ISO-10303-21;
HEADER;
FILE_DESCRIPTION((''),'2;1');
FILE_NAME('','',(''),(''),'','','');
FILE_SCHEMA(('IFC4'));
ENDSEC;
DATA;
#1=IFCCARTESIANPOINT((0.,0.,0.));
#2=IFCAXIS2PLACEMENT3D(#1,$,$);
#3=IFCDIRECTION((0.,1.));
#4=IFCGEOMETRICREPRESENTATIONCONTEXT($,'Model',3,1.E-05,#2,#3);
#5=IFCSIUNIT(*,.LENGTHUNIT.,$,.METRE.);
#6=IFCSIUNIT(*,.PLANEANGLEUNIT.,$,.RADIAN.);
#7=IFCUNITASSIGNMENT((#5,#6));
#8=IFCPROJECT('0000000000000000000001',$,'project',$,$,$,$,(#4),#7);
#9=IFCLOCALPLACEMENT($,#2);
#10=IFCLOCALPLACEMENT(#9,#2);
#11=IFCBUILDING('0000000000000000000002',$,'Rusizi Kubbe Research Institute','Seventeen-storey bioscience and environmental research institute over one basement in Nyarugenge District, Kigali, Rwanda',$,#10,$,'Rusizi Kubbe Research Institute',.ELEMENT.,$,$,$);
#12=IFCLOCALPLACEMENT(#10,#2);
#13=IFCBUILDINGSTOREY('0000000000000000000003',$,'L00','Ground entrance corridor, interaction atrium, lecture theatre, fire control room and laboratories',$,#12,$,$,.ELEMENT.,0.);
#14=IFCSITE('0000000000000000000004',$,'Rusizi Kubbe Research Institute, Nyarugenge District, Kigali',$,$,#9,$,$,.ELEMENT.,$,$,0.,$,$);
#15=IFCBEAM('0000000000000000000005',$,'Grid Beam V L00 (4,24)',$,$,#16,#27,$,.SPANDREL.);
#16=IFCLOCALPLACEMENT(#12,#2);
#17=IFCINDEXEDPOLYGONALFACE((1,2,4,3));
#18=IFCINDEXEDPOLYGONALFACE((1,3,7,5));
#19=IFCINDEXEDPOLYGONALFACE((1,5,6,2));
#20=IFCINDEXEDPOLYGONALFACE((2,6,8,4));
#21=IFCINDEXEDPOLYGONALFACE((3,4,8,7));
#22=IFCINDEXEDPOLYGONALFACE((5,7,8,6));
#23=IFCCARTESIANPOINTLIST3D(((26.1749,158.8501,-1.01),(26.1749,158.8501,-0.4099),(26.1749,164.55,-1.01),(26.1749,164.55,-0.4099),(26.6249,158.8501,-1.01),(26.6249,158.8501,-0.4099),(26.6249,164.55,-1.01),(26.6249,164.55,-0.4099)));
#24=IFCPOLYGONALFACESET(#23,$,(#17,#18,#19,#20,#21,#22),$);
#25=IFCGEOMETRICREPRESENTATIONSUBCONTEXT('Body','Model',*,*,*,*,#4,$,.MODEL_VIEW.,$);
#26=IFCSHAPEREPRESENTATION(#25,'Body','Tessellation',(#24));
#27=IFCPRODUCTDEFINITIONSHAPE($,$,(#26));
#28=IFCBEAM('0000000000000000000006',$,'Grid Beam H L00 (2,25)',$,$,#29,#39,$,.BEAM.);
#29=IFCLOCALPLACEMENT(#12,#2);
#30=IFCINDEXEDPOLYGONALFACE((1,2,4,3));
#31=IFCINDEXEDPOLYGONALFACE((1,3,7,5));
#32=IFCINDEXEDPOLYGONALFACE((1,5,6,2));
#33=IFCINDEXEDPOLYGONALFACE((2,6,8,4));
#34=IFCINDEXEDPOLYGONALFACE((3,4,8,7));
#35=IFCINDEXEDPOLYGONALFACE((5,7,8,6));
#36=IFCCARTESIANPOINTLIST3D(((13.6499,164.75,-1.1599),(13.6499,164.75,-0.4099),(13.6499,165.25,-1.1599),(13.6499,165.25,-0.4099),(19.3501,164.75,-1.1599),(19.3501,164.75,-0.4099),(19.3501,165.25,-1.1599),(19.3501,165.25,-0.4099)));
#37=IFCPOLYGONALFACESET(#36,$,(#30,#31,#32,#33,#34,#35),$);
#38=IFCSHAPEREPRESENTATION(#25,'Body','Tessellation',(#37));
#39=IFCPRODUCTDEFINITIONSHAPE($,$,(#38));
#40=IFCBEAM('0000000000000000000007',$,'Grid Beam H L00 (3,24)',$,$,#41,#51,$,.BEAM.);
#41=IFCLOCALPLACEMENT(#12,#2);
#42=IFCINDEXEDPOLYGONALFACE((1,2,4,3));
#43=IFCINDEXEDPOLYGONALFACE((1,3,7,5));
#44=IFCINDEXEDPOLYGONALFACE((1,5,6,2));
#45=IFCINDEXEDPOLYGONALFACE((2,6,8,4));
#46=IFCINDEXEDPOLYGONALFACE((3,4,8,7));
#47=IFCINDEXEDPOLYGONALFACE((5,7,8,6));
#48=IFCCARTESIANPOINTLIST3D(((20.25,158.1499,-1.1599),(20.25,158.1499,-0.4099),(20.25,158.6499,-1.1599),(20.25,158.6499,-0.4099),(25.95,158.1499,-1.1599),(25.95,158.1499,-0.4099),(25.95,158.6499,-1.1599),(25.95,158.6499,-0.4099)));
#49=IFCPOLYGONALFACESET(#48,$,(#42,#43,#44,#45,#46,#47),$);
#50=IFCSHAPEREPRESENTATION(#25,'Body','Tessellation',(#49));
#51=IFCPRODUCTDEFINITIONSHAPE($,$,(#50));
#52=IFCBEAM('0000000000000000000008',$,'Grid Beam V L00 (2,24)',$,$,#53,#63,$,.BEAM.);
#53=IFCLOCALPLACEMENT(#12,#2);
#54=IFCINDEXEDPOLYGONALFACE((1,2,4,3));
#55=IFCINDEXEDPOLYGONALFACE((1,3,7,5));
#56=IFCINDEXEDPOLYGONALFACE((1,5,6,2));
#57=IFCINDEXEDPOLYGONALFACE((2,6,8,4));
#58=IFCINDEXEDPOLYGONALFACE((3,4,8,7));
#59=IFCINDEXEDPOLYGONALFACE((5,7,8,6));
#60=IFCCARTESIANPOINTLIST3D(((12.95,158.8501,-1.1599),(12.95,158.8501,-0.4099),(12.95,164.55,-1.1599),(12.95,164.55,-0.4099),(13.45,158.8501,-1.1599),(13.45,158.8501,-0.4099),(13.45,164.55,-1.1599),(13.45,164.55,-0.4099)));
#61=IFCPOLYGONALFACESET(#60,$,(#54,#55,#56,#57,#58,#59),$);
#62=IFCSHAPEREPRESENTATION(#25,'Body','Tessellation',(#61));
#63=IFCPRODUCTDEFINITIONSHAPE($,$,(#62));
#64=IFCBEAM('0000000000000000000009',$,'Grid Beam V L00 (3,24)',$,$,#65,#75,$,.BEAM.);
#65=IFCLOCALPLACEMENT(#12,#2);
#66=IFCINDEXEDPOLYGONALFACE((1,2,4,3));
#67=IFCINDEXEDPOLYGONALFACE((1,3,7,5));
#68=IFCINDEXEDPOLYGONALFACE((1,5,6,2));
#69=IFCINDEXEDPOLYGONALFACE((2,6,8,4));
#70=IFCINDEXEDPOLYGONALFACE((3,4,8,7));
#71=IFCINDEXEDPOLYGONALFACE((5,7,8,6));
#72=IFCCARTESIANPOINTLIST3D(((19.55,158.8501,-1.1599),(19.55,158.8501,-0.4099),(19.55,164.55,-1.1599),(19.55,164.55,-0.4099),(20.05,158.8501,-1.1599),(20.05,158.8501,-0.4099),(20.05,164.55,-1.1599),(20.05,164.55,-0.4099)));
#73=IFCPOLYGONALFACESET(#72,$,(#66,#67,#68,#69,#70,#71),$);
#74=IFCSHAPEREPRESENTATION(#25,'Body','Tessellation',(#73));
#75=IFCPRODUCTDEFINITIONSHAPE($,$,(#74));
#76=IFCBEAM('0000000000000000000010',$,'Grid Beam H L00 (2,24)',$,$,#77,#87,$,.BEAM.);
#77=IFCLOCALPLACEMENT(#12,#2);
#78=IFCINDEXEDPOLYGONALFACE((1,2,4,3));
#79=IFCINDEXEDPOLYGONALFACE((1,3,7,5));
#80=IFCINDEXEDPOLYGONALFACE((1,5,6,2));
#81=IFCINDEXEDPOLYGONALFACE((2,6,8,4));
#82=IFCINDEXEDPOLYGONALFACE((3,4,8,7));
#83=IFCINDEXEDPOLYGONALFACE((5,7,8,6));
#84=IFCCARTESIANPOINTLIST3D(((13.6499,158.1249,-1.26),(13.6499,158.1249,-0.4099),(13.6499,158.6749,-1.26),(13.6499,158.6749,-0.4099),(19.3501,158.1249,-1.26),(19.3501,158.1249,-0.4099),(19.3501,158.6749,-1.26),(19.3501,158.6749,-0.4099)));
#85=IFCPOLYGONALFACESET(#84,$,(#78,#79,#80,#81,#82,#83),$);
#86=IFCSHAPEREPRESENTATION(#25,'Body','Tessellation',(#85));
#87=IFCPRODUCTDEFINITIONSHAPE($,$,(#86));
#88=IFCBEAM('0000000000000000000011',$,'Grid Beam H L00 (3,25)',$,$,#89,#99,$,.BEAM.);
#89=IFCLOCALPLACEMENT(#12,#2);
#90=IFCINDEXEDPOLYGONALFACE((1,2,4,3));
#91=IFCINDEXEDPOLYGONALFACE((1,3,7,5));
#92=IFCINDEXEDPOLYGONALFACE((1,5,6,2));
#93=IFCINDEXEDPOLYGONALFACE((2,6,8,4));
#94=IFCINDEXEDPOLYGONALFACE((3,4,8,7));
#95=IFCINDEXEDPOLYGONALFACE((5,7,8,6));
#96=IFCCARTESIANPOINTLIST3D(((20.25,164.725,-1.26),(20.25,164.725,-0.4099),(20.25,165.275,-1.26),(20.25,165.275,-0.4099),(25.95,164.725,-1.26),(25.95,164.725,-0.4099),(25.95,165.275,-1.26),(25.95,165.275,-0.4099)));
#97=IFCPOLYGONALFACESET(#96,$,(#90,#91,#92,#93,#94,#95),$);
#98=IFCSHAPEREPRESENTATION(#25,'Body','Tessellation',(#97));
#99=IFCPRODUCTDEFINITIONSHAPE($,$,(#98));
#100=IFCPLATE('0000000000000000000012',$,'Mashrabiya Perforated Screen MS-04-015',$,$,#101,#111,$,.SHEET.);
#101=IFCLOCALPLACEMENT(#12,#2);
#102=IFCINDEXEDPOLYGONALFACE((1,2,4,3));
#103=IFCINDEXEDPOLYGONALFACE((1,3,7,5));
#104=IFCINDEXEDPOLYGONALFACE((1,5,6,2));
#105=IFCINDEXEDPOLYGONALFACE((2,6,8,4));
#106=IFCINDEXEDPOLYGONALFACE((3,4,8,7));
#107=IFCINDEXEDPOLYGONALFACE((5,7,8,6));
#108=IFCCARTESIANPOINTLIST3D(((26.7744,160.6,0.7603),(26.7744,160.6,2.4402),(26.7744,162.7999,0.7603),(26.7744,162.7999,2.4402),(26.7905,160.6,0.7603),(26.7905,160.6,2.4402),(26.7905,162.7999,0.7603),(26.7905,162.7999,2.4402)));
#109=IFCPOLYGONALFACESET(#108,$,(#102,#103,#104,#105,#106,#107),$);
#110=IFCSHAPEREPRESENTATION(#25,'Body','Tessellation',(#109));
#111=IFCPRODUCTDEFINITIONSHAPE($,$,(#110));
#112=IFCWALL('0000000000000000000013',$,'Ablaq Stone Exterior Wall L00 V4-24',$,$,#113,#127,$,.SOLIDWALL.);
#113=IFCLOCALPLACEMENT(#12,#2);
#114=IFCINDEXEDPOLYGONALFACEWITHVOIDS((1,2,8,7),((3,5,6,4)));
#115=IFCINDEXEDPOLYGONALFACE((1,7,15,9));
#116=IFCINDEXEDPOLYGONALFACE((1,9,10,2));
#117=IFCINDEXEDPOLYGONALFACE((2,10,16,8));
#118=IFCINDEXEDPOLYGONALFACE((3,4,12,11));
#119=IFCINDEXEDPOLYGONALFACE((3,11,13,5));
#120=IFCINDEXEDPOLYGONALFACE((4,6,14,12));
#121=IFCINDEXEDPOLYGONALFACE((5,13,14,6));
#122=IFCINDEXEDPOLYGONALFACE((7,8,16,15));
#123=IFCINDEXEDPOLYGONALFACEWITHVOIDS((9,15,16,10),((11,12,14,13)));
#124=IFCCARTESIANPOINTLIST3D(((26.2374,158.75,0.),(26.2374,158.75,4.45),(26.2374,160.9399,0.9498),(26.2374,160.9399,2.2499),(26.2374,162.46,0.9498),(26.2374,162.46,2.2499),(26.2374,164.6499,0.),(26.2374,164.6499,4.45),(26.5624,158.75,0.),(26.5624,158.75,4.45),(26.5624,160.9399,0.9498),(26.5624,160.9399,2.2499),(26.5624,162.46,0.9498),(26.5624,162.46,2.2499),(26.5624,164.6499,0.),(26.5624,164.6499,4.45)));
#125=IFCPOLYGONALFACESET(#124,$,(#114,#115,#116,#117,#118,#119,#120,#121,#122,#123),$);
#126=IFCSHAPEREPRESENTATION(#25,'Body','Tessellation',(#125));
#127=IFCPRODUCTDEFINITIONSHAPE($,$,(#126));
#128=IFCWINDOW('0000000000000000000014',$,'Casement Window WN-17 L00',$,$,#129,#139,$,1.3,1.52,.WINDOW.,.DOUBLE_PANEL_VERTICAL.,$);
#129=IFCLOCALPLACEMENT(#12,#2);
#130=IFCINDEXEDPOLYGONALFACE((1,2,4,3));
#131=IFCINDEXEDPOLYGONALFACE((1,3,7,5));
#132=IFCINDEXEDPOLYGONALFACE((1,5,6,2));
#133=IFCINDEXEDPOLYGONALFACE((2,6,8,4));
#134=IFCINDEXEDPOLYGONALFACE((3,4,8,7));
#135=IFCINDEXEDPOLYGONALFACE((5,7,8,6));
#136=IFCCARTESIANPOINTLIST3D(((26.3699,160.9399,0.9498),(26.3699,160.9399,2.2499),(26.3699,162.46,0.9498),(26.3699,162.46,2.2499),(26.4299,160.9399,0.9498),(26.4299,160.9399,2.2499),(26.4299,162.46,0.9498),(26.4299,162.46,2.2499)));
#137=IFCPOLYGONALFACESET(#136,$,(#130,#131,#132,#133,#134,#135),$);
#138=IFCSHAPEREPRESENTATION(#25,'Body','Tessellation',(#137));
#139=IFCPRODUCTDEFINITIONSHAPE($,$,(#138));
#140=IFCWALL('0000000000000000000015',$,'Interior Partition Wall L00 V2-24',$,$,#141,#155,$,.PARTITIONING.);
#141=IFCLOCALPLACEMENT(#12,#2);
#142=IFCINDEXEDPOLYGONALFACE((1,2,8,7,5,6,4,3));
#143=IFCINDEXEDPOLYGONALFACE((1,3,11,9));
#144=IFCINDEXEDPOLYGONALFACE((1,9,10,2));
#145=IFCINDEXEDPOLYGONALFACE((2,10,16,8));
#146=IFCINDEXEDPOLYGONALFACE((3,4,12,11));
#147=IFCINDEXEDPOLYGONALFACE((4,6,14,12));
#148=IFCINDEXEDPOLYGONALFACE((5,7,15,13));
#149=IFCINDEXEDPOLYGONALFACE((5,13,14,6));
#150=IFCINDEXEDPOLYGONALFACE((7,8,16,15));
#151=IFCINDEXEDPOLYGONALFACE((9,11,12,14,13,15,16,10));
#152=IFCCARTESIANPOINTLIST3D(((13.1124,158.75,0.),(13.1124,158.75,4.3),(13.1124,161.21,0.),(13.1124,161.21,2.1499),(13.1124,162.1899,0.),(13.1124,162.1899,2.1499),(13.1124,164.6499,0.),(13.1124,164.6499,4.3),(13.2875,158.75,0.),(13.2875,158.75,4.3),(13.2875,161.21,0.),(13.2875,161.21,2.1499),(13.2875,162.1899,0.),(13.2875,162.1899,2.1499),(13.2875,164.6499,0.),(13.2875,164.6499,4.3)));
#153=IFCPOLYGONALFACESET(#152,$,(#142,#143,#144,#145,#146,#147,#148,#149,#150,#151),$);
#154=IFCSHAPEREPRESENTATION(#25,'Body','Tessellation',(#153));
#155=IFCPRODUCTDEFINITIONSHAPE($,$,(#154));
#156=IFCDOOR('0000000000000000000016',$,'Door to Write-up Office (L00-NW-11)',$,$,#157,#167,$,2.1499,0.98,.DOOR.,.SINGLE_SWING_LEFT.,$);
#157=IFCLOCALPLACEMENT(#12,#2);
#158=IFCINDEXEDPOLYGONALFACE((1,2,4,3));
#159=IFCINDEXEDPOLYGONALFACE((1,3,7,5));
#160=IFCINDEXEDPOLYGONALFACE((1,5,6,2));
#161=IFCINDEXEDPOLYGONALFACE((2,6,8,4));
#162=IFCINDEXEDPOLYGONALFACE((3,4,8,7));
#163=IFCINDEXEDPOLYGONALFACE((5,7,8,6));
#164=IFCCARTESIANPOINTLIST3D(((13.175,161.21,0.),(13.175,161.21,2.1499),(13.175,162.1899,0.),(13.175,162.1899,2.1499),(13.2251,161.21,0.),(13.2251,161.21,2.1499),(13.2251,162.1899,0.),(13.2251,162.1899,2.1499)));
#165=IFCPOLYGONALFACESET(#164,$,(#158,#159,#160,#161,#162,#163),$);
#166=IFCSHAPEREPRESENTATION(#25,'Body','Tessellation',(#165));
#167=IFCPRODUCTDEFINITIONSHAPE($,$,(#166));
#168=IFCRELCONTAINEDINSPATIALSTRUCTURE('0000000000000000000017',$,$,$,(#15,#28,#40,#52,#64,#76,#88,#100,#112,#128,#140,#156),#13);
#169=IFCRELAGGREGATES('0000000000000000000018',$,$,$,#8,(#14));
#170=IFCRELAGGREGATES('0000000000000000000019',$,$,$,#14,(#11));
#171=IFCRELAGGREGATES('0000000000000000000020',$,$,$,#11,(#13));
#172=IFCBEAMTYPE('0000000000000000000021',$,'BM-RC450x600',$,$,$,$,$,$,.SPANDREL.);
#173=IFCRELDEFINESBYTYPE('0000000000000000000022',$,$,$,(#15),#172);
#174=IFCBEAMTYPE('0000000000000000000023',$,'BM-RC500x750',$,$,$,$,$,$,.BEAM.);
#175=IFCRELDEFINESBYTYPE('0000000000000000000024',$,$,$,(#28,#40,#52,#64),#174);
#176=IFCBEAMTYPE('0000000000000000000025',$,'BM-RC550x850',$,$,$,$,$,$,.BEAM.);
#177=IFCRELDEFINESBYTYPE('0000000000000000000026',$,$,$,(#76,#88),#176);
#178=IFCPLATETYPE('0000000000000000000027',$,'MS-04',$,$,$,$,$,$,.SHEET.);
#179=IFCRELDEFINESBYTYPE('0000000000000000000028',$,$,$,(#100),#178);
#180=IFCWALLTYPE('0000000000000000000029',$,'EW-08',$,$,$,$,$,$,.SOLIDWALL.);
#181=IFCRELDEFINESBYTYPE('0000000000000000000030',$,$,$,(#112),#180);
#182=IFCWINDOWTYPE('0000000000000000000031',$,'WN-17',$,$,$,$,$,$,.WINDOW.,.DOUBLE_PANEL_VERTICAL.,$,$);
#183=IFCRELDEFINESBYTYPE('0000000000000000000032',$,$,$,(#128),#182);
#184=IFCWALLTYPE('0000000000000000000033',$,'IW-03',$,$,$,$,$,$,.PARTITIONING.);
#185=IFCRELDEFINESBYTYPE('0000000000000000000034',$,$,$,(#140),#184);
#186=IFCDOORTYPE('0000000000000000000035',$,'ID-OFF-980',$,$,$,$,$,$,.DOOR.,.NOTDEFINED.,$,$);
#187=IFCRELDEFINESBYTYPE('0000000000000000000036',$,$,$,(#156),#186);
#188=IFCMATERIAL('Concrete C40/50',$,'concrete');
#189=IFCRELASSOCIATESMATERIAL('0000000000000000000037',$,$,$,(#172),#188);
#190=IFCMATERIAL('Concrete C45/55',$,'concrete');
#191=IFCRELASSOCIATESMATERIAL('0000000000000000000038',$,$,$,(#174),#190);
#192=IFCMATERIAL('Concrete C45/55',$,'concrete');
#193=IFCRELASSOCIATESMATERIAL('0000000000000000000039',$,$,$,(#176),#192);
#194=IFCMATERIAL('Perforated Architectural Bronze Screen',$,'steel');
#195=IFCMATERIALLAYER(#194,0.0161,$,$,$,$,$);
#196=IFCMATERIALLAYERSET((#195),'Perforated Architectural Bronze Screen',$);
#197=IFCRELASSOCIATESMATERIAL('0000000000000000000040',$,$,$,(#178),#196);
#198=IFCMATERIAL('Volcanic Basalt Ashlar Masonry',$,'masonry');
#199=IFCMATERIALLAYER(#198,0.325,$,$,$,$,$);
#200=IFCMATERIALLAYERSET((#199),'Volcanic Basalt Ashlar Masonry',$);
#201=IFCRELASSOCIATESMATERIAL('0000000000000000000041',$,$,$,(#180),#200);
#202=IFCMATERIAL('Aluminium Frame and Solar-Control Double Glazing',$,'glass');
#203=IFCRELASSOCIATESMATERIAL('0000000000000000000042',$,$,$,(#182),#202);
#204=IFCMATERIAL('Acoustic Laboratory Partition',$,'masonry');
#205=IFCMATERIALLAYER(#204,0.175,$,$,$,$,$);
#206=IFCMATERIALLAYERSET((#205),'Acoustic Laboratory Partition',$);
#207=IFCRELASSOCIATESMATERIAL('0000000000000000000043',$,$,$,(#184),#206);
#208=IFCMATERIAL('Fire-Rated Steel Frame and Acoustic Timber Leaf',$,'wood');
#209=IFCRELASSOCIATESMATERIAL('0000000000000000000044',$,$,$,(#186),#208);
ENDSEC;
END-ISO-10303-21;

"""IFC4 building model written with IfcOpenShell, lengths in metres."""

from ifc_helpers import new_model, si_unit, direction, frame, frame_2d, origin, origin_2d, place, context, subcontext, project, spatial, rectangle, extrude, material, layer, layer_set, material_profile, profile_set, type_object, element, fill, save


model = new_model("IFC4")

# Units and contexts
model_context = context("Model", 3, precision=1e-05, world=origin(), true_north=direction((0.0, 1.0)))
body_context = subcontext(model_context, "Body", "Model", "MODEL_VIEW")
ifc_project = project(units=[si_unit("LENGTHUNIT", "METRE"), si_unit("PLANEANGLEUNIT", "RADIAN")], contexts=[model_context])

# Site, building, storey
site_placement = place(None, origin())
site = spatial("IfcSite", under=ifc_project, at=site_placement, Name="Rusizi Kubbe Research Institute, Nyarugenge District, Kigali", CompositionType="ELEMENT", RefElevation=0.0)
building_placement = place(site_placement, origin())
building = spatial("IfcBuilding", under=site, at=building_placement, Name="Rusizi Kubbe Research Institute", Description="Seventeen-storey bioscience and environmental research institute over one basement in Nyarugenge District, Kigali, Rwanda", LongName="Rusizi Kubbe Research Institute", CompositionType="ELEMENT")
storey_placement = place(building_placement, origin())
storey = spatial("IfcBuildingStorey", under=building, at=storey_placement, Name="L00", Description="Ground entrance corridor, interaction atrium, lecture theatre, fire control room and laboratories", CompositionType="ELEMENT", Elevation=0.0)

# Beams
ifc_material_1 = material(Name="Concrete C40/50", Category="concrete")
ifc_material_profile_1 = material_profile(ifc_material_1, rectangle(XDim=0.45, YDim=0.6001, at=origin_2d()), Name="RC450x600")
ifc_profile_set_1 = profile_set([ifc_material_profile_1], Name="Concrete C40/50")
beam_type_1 = type_object("IfcBeamType", Name="BM-RC450x600", PredefinedType="SPANDREL", material=ifc_profile_set_1)
beam_1_placement = place(storey_placement, frame((26.3999, 158.8501, -0.71), z_axis=(0.0, 1.0, 0.0), x_axis=(-1.0, 0.0, 0.0)))
element("IfcBeam", 1, at=beam_1_placement, inside=storey, type_object=beam_type_1, Name="Grid Beam V L00 (4,24)", PredefinedType="SPANDREL", context=body_context, shape_type="SweptSolid", body=[
    extrude(rectangle(XDim=0.45, YDim=0.6001, at=origin_2d()), origin(), (0.0, 0.0, 1.0), 5.7),
])
ifc_material_2 = material(Name="Concrete C45/55", Category="concrete")
ifc_material_profile_2 = material_profile(ifc_material_2, rectangle(XDim=0.5, YDim=0.75, at=origin_2d()), Name="RC500x750B")
ifc_profile_set_2 = profile_set([ifc_material_profile_2], Name="Concrete C45/55")
beam_type_2 = type_object("IfcBeamType", Name="BM-RC500x750", PredefinedType="BEAM", material=ifc_profile_set_2)
beam_2_placement = place(storey_placement, frame((13.6499, 165.0, -0.7849), z_axis=(1.0, 0.0, 0.0), x_axis=(0.0, 1.0, 0.0)))
element("IfcBeam", 2, at=beam_2_placement, inside=storey, type_object=beam_type_2, Name="Grid Beam H L00 (2,25)", PredefinedType="BEAM", context=body_context, shape_type="SweptSolid", body=[
    extrude(rectangle(XDim=0.5, YDim=0.75, at=origin_2d()), origin(), (0.0, 0.0, 1.0), 5.7002),
])
for number, where, z_axis, x_axis, name in (
    (3, (20.25, 158.3999, -0.7849), (1.0, 0.0, 0.0), (0.0, 1.0, 0.0), "Grid Beam H L00 (3,24)"),
    (4, (13.2, 158.8501, -0.7849), (0.0, 1.0, 0.0), (-1.0, 0.0, 0.0), "Grid Beam V L00 (2,24)"),
    (5, (19.8, 158.8501, -0.7849), (0.0, 1.0, 0.0), (-1.0, 0.0, 0.0), "Grid Beam V L00 (3,24)"),
):
    element("IfcBeam", number, at=place(storey_placement, frame(where, z_axis=z_axis, x_axis=x_axis)), inside=storey, type_object=beam_type_2, Name=name, PredefinedType="BEAM", context=body_context, shape_type="SweptSolid", body=[
        extrude(rectangle(XDim=0.5, YDim=0.75, at=origin_2d()), origin(), (0.0, 0.0, 1.0), 5.7),
    ])
ifc_material_3 = material(Name="Concrete C45/55", Category="concrete")
ifc_material_profile_3 = material_profile(ifc_material_3, rectangle(XDim=0.55, YDim=0.8501, at=origin_2d()), Name="RC550x850")
ifc_profile_set_3 = profile_set([ifc_material_profile_3], Name="Concrete C45/55")
beam_type_3 = type_object("IfcBeamType", Name="BM-RC550x850", PredefinedType="BEAM", material=ifc_profile_set_3)
beam_3_placement = place(storey_placement, frame((13.6499, 158.3999, -0.835), z_axis=(1.0, 0.0, 0.0), x_axis=(0.0, 1.0, 0.0)))
element("IfcBeam", 6, at=beam_3_placement, inside=storey, type_object=beam_type_3, Name="Grid Beam H L00 (2,24)", PredefinedType="BEAM", context=body_context, shape_type="SweptSolid", body=[
    extrude(rectangle(XDim=0.55, YDim=0.8501, at=origin_2d()), origin(), (0.0, 0.0, 1.0), 5.7002),
])
beam_4_placement = place(storey_placement, frame((20.25, 165.0, -0.835), z_axis=(1.0, 0.0, 0.0), x_axis=(0.0, 1.0, 0.0)))
element("IfcBeam", 7, at=beam_4_placement, inside=storey, type_object=beam_type_3, Name="Grid Beam H L00 (3,25)", PredefinedType="BEAM", context=body_context, shape_type="SweptSolid", body=[
    extrude(rectangle(XDim=0.55, YDim=0.8501, at=origin_2d()), origin(), (0.0, 0.0, 1.0), 5.7),
])

# Plate
ifc_material_4 = material(Name="Perforated Architectural Bronze Screen", Category="steel")
ifc_layer_1 = layer(ifc_material_4, 0.0161)
ifc_layer_set_1 = layer_set([ifc_layer_1], Name="Perforated Architectural Bronze Screen")
plate_type = type_object("IfcPlateType", Name="MS-04", PredefinedType="SHEET", material=ifc_layer_set_1)
plate_placement = place(storey_placement, frame((26.7825, 161.7, 0.7603), z_axis=(0.0, 0.0, 1.0), x_axis=(0.0, 1.0, 0.0)))
element("IfcPlate", 8, at=plate_placement, inside=storey, type_object=plate_type, Name="Mashrabiya Perforated Screen MS-04-015", PredefinedType="SHEET", context=body_context, shape_type="SweptSolid", body=[
    extrude(rectangle(XDim=2.2, YDim=0.0161, at=origin_2d()), origin(), (0.0, 0.0, 1.0), 1.6799),
])

# Wall, opening, window
ifc_material_5 = material(Name="Volcanic Basalt Ashlar Masonry", Category="masonry")
ifc_layer_2 = layer(ifc_material_5, 0.325)
ifc_layer_set_2 = layer_set([ifc_layer_2], Name="Volcanic Basalt Ashlar Masonry")
wall_type_1 = type_object("IfcWallType", Name="EW-08", PredefinedType="SOLIDWALL", material=ifc_layer_set_2)
wall_1_placement = place(storey_placement, frame((26.3999, 158.75, 0.0), z_axis=(0.0, 0.0, 1.0), x_axis=(0.0, 1.0, 0.0)))
wall_1 = element("IfcWall", 9, at=wall_1_placement, inside=storey, type_object=wall_type_1, Name="Ablaq Stone Exterior Wall L00 V4-24", PredefinedType="SOLIDWALL", context=body_context, shape_type="SweptSolid", body=[
    extrude(rectangle(XDim=5.8999, YDim=0.325, at=frame_2d((2.95, 0.0))), origin(), (0.0, 0.0, 1.0), 4.45),
])
opening_1_placement = place(wall_1_placement, frame((2.1899, 0.0, 0.95)))
opening_1 = element("IfcOpeningElement", 10, at=opening_1_placement, cuts=wall_1, PredefinedType="OPENING", context=body_context, shape_type="SweptSolid", body=[
    extrude(rectangle(XDim=1.52, YDim=1.3, at=frame_2d((0.76, 0.6499))), frame((0.0, 0.1724, 0.0), z_axis=(0.0, -1.0, 0.0), x_axis=(1.0, 0.0, 0.0)), (0.0, 0.0, 1.0), 0.345),
])
ifc_material_6 = material(Name="Aluminium Frame and Solar-Control Double Glazing", Category="glass")
window_type = type_object("IfcWindowType", Name="WN-17", PartitioningType="DOUBLE_PANEL_VERTICAL", PredefinedType="WINDOW", material=ifc_material_6)
window_placement = place(opening_1_placement, origin())
window = element("IfcWindow", 11, at=window_placement, inside=storey, type_object=window_type, Name="Casement Window WN-17 L00", OverallHeight=1.3, OverallWidth=1.52, PartitioningType="DOUBLE_PANEL_VERTICAL", PredefinedType="WINDOW", context=body_context, shape_type="SweptSolid", body=[
    extrude(rectangle(XDim=1.52, YDim=1.3, at=frame_2d((0.76, 0.6499))), frame((0.0, 0.03, 0.0), z_axis=(0.0, -1.0, 0.0), x_axis=(1.0, 0.0, 0.0)), (0.0, 0.0, 1.0), 0.0601),
])
fill(opening_1, window)

# Wall, opening, door
ifc_material_7 = material(Name="Acoustic Laboratory Partition", Category="masonry")
ifc_layer_3 = layer(ifc_material_7, 0.175)
ifc_layer_set_3 = layer_set([ifc_layer_3], Name="Acoustic Laboratory Partition")
wall_type_2 = type_object("IfcWallType", Name="IW-03", PredefinedType="PARTITIONING", material=ifc_layer_set_3)
wall_2_placement = place(storey_placement, frame((13.2, 158.75, 0.0), z_axis=(0.0, 0.0, 1.0), x_axis=(0.0, 1.0, 0.0)))
wall_2 = element("IfcWall", 12, at=wall_2_placement, inside=storey, type_object=wall_type_2, Name="Interior Partition Wall L00 V2-24", PredefinedType="PARTITIONING", context=body_context, shape_type="SweptSolid", body=[
    extrude(rectangle(XDim=5.8999, YDim=0.175, at=frame_2d((2.95, 0.0))), origin(), (0.0, 0.0, 1.0), 4.3),
])
opening_2_placement = place(wall_2_placement, frame((2.46, 0.0, 0.0)))
opening_2 = element("IfcOpeningElement", 13, at=opening_2_placement, cuts=wall_2, PredefinedType="OPENING", context=body_context, shape_type="SweptSolid", body=[
    extrude(rectangle(XDim=0.98, YDim=2.1499, at=frame_2d((0.49, 1.075))), frame((0.0, 0.0974, 0.0), z_axis=(0.0, -1.0, 0.0), x_axis=(1.0, 0.0, 0.0)), (0.0, 0.0, 1.0), 0.1951),
])
ifc_material_8 = material(Name="Fire-Rated Steel Frame and Acoustic Timber Leaf", Category="wood")
door_type = type_object("IfcDoorType", Name="ID-OFF-980", OperationType="NOTDEFINED", PredefinedType="DOOR", material=ifc_material_8)
door_placement = place(opening_2_placement, origin())
door = element("IfcDoor", 14, at=door_placement, inside=storey, type_object=door_type, Name="Door to Write-up Office (L00-NW-11)", OperationType="SINGLE_SWING_LEFT", OverallHeight=2.1499, OverallWidth=0.98, PredefinedType="DOOR", context=body_context, shape_type="SweptSolid", body=[
    extrude(rectangle(XDim=0.98, YDim=2.1499, at=frame_2d((0.49, 1.075))), frame((0.0, 0.0249, 0.0), z_axis=(0.0, -1.0, 0.0), x_axis=(1.0, 0.0, 0.0)), (0.0, 0.0, 1.0), 0.05),
])
fill(opening_2, door)

save(model, "model.ifc")
